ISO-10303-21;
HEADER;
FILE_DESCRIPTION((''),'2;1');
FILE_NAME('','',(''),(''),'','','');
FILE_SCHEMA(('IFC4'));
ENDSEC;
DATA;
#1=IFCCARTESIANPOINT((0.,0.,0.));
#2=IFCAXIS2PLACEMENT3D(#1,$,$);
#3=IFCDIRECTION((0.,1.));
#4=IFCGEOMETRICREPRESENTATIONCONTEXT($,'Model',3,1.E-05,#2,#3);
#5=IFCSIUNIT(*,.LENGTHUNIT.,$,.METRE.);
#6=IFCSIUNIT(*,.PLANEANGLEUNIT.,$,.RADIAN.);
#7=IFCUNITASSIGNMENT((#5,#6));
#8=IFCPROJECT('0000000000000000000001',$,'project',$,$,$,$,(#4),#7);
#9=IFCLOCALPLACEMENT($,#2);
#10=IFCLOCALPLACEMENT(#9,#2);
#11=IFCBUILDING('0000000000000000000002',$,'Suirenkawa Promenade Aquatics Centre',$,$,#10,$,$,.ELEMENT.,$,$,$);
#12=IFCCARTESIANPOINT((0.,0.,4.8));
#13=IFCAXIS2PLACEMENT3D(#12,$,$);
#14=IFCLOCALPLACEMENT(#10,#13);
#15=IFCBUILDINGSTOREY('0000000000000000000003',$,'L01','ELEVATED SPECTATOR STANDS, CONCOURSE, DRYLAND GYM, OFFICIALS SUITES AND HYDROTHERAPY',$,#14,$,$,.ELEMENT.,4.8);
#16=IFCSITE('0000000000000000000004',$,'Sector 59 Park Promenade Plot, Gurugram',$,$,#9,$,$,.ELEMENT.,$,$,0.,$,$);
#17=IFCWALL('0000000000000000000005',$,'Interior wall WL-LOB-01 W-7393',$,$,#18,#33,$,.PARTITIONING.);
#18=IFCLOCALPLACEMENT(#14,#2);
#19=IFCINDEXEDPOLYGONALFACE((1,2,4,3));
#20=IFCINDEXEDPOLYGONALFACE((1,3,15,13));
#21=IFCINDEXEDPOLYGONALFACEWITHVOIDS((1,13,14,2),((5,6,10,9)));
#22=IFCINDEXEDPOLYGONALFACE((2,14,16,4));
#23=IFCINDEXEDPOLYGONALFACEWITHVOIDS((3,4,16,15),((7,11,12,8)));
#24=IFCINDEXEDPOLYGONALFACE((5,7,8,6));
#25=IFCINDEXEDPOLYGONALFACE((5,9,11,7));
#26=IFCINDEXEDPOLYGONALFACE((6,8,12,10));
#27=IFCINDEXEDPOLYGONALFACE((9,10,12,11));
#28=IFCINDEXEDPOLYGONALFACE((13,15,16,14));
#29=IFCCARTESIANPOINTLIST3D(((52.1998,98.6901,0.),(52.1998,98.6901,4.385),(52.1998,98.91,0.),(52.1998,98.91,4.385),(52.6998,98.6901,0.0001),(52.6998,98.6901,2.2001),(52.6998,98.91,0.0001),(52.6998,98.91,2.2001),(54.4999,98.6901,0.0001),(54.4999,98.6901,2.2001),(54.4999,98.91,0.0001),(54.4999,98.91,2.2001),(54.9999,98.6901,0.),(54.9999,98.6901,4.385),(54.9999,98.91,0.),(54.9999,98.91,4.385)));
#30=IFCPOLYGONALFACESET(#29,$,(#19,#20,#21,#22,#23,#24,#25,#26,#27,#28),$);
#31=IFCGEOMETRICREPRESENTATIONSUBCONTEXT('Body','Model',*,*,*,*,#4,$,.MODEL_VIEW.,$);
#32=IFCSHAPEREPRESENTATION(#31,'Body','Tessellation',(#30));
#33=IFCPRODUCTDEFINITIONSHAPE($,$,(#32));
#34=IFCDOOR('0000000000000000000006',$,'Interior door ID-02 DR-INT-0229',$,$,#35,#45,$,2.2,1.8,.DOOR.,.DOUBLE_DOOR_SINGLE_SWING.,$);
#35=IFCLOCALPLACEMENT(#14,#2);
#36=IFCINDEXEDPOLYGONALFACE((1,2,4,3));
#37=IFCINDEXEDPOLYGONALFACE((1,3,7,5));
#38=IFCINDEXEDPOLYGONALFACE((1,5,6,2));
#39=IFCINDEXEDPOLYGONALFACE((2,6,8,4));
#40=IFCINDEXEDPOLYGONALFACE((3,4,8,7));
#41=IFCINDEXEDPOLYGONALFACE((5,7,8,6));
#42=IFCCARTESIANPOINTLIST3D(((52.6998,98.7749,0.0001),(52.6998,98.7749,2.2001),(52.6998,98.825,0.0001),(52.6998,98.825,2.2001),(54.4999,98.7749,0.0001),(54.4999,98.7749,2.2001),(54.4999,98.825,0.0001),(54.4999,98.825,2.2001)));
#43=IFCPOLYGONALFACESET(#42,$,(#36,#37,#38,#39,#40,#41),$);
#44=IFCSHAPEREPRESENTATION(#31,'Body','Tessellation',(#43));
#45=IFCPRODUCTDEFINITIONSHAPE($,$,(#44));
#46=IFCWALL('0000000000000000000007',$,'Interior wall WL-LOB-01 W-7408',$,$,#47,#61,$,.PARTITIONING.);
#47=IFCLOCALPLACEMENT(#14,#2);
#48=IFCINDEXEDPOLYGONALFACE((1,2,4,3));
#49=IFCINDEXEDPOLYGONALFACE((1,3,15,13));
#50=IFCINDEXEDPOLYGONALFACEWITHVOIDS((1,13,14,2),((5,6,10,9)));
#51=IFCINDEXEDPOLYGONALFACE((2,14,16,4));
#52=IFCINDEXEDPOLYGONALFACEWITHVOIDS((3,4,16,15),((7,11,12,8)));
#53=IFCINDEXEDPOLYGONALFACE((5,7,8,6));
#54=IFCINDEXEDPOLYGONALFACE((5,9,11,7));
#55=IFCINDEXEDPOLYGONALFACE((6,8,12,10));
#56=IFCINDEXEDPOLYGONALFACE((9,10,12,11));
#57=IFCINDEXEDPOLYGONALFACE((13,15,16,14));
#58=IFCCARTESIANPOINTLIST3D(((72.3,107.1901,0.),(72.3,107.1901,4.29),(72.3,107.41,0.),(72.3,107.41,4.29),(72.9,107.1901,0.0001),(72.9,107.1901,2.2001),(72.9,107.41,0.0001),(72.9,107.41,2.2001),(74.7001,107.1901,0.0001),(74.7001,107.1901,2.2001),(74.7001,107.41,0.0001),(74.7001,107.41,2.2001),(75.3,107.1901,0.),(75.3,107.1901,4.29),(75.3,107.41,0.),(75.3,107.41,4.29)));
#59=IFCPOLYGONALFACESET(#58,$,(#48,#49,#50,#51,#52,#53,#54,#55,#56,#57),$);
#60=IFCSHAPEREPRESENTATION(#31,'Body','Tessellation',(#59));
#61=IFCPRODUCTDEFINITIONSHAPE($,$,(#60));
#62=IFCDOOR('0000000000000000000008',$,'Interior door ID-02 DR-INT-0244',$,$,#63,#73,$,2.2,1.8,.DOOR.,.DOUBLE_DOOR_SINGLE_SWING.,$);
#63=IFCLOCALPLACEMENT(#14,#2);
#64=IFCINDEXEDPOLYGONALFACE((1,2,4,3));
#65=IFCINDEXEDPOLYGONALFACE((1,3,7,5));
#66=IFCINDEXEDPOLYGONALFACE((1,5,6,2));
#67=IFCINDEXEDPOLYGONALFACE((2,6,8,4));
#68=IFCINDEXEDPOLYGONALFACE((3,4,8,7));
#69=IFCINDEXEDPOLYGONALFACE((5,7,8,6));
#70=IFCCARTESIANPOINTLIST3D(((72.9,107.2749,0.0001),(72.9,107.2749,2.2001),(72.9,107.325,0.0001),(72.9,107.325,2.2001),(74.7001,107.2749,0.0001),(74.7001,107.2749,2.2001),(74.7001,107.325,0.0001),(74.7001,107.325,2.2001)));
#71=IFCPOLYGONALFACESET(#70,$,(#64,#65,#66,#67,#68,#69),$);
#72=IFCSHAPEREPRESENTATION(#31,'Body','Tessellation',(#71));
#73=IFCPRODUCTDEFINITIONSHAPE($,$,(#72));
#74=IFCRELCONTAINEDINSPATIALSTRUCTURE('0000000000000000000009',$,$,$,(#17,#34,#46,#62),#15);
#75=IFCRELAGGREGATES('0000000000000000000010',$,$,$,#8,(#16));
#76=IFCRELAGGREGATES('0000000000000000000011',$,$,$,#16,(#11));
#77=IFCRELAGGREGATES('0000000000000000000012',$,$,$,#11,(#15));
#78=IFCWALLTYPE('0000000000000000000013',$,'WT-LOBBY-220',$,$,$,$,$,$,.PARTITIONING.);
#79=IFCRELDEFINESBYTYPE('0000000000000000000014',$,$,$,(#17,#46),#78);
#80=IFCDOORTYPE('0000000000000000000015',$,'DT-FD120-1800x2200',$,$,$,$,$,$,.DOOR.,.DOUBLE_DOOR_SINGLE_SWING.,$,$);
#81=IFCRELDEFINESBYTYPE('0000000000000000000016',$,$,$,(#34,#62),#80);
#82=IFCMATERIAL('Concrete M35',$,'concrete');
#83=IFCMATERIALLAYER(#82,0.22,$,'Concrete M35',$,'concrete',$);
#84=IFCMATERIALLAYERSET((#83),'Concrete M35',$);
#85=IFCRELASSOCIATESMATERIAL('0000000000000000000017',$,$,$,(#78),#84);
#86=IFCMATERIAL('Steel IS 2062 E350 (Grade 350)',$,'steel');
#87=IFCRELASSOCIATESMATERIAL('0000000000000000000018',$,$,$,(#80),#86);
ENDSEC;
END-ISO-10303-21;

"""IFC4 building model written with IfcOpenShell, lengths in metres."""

from ifc_helpers import new_model, si_unit, direction, frame, frame_2d, origin, place, context, subcontext, project, spatial, rectangle, extrude, material, layer, layer_set, type_object, element, fill, save


model = new_model("IFC4")

# Units and contexts
model_context = context("Model", 3, precision=1e-05, world=origin(), true_north=direction((0.0, 1.0)))
body_context = subcontext(model_context, "Body", "Model", "MODEL_VIEW")
ifc_project = project(units=[si_unit("LENGTHUNIT", "METRE"), si_unit("PLANEANGLEUNIT", "RADIAN")], contexts=[model_context])

# Site, building, storey
site_placement = place(None, origin())
site = spatial("IfcSite", under=ifc_project, at=site_placement, Name="Sector 59 Park Promenade Plot, Gurugram", CompositionType="ELEMENT", RefElevation=0.0)
building_placement = place(site_placement, origin())
building = spatial("IfcBuilding", under=site, at=building_placement, Name="Suirenkawa Promenade Aquatics Centre", CompositionType="ELEMENT")
storey_placement = place(building_placement, frame((0.0, 0.0, 4.8)))
storey = spatial("IfcBuildingStorey", under=building, at=storey_placement, Name="L01", Description="ELEVATED SPECTATOR STANDS, CONCOURSE, DRYLAND GYM, OFFICIALS SUITES AND HYDROTHERAPY", CompositionType="ELEMENT", Elevation=4.8)

# Shared definitions
ifc_material_1 = material(Name="Steel IS 2062 E350 (Grade 350)", Category="steel")
ifc_material_2 = material(Name="Concrete M35", Category="concrete")

# Walls, openings, doors
ifc_layer_1 = layer(ifc_material_2, 0.22, Name="Concrete M35", Category="concrete")
ifc_layer_set_1 = layer_set([ifc_layer_1], Name="Concrete M35")
wall_type = type_object("IfcWallType", Name="WT-LOBBY-220", PredefinedType="PARTITIONING", material=ifc_layer_set_1)
door_type = type_object("IfcDoorType", Name="DT-FD120-1800x2200", OperationType="DOUBLE_DOOR_SINGLE_SWING", PredefinedType="DOOR", material=ifc_material_1)
wall_1_placement = place(storey_placement, frame((52.2, 98.8, 0.0), z_axis=(0.0, 0.0, 1.0), x_axis=(1.0, 0.0, 0.0)))
wall_1 = element("IfcWall", 1, at=wall_1_placement, inside=storey, type_object=wall_type, Name="Interior wall WL-LOB-01 W-7393", PredefinedType="PARTITIONING", context=body_context, shape_type="SweptSolid", body=[
    extrude(rectangle(XDim=2.8, YDim=0.22, at=frame_2d((1.3999, 0.0))), origin(), (0.0, 0.0, 1.0), 4.385),
])
opening_1_placement = place(wall_1_placement, frame((0.5, 0.0, 0.0)))
opening_1 = element("IfcOpeningElement", 2, at=opening_1_placement, cuts=wall_1, PredefinedType="OPENING", context=body_context, shape_type="SweptSolid", body=[
    extrude(rectangle(XDim=1.8, YDim=2.2, at=frame_2d((0.8999, 1.1001))), frame((0.0, 0.1199, 0.0), z_axis=(0.0, -1.0, 0.0), x_axis=(1.0, 0.0, 0.0)), (0.0, 0.0, 1.0), 0.24),
])
door_1_placement = place(opening_1_placement, origin())
door_1 = element("IfcDoor", 3, at=door_1_placement, inside=storey, type_object=door_type, Name="Interior door ID-02 DR-INT-0229", OperationType="DOUBLE_DOOR_SINGLE_SWING", OverallHeight=2.2, OverallWidth=1.8, PredefinedType="DOOR", context=body_context, shape_type="SweptSolid", body=[
    extrude(rectangle(XDim=1.8, YDim=2.2, at=frame_2d((0.8999, 1.1001))), frame((0.0, 0.0249, 0.0), z_axis=(0.0, -1.0, 0.0), x_axis=(1.0, 0.0, 0.0)), (0.0, 0.0, 1.0), 0.05),
])
fill(opening_1, door_1)
wall_2_placement = place(storey_placement, frame((72.3, 107.3, 0.0), z_axis=(0.0, 0.0, 1.0), x_axis=(1.0, 0.0, 0.0)))
wall_2 = element("IfcWall", 4, at=wall_2_placement, inside=storey, type_object=wall_type, Name="Interior wall WL-LOB-01 W-7408", PredefinedType="PARTITIONING", context=body_context, shape_type="SweptSolid", body=[
    extrude(rectangle(XDim=3.0, YDim=0.22, at=frame_2d((1.5, 0.0))), origin(), (0.0, 0.0, 1.0), 4.29),
])
opening_2_placement = place(wall_2_placement, frame((0.6001, 0.0, 0.0)))
opening_2 = element("IfcOpeningElement", 5, at=opening_2_placement, cuts=wall_2, PredefinedType="OPENING", context=body_context, shape_type="SweptSolid", body=[
    extrude(rectangle(XDim=1.8, YDim=2.2, at=frame_2d((0.8999, 1.1001))), frame((0.0, 0.1199, 0.0), z_axis=(0.0, -1.0, 0.0), x_axis=(1.0, 0.0, 0.0)), (0.0, 0.0, 1.0), 0.24),
])
door_2_placement = place(opening_2_placement, origin())
door_2 = element("IfcDoor", 6, at=door_2_placement, inside=storey, type_object=door_type, Name="Interior door ID-02 DR-INT-0244", OperationType="DOUBLE_DOOR_SINGLE_SWING", OverallHeight=2.2, OverallWidth=1.8, PredefinedType="DOOR", context=body_context, shape_type="SweptSolid", body=[
    extrude(rectangle(XDim=1.8, YDim=2.2, at=frame_2d((0.8999, 1.1001))), frame((0.0, 0.0249, 0.0), z_axis=(0.0, -1.0, 0.0), x_axis=(1.0, 0.0, 0.0)), (0.0, 0.0, 1.0), 0.05),
])
fill(opening_2, door_2)

save(model, "model.ifc")
